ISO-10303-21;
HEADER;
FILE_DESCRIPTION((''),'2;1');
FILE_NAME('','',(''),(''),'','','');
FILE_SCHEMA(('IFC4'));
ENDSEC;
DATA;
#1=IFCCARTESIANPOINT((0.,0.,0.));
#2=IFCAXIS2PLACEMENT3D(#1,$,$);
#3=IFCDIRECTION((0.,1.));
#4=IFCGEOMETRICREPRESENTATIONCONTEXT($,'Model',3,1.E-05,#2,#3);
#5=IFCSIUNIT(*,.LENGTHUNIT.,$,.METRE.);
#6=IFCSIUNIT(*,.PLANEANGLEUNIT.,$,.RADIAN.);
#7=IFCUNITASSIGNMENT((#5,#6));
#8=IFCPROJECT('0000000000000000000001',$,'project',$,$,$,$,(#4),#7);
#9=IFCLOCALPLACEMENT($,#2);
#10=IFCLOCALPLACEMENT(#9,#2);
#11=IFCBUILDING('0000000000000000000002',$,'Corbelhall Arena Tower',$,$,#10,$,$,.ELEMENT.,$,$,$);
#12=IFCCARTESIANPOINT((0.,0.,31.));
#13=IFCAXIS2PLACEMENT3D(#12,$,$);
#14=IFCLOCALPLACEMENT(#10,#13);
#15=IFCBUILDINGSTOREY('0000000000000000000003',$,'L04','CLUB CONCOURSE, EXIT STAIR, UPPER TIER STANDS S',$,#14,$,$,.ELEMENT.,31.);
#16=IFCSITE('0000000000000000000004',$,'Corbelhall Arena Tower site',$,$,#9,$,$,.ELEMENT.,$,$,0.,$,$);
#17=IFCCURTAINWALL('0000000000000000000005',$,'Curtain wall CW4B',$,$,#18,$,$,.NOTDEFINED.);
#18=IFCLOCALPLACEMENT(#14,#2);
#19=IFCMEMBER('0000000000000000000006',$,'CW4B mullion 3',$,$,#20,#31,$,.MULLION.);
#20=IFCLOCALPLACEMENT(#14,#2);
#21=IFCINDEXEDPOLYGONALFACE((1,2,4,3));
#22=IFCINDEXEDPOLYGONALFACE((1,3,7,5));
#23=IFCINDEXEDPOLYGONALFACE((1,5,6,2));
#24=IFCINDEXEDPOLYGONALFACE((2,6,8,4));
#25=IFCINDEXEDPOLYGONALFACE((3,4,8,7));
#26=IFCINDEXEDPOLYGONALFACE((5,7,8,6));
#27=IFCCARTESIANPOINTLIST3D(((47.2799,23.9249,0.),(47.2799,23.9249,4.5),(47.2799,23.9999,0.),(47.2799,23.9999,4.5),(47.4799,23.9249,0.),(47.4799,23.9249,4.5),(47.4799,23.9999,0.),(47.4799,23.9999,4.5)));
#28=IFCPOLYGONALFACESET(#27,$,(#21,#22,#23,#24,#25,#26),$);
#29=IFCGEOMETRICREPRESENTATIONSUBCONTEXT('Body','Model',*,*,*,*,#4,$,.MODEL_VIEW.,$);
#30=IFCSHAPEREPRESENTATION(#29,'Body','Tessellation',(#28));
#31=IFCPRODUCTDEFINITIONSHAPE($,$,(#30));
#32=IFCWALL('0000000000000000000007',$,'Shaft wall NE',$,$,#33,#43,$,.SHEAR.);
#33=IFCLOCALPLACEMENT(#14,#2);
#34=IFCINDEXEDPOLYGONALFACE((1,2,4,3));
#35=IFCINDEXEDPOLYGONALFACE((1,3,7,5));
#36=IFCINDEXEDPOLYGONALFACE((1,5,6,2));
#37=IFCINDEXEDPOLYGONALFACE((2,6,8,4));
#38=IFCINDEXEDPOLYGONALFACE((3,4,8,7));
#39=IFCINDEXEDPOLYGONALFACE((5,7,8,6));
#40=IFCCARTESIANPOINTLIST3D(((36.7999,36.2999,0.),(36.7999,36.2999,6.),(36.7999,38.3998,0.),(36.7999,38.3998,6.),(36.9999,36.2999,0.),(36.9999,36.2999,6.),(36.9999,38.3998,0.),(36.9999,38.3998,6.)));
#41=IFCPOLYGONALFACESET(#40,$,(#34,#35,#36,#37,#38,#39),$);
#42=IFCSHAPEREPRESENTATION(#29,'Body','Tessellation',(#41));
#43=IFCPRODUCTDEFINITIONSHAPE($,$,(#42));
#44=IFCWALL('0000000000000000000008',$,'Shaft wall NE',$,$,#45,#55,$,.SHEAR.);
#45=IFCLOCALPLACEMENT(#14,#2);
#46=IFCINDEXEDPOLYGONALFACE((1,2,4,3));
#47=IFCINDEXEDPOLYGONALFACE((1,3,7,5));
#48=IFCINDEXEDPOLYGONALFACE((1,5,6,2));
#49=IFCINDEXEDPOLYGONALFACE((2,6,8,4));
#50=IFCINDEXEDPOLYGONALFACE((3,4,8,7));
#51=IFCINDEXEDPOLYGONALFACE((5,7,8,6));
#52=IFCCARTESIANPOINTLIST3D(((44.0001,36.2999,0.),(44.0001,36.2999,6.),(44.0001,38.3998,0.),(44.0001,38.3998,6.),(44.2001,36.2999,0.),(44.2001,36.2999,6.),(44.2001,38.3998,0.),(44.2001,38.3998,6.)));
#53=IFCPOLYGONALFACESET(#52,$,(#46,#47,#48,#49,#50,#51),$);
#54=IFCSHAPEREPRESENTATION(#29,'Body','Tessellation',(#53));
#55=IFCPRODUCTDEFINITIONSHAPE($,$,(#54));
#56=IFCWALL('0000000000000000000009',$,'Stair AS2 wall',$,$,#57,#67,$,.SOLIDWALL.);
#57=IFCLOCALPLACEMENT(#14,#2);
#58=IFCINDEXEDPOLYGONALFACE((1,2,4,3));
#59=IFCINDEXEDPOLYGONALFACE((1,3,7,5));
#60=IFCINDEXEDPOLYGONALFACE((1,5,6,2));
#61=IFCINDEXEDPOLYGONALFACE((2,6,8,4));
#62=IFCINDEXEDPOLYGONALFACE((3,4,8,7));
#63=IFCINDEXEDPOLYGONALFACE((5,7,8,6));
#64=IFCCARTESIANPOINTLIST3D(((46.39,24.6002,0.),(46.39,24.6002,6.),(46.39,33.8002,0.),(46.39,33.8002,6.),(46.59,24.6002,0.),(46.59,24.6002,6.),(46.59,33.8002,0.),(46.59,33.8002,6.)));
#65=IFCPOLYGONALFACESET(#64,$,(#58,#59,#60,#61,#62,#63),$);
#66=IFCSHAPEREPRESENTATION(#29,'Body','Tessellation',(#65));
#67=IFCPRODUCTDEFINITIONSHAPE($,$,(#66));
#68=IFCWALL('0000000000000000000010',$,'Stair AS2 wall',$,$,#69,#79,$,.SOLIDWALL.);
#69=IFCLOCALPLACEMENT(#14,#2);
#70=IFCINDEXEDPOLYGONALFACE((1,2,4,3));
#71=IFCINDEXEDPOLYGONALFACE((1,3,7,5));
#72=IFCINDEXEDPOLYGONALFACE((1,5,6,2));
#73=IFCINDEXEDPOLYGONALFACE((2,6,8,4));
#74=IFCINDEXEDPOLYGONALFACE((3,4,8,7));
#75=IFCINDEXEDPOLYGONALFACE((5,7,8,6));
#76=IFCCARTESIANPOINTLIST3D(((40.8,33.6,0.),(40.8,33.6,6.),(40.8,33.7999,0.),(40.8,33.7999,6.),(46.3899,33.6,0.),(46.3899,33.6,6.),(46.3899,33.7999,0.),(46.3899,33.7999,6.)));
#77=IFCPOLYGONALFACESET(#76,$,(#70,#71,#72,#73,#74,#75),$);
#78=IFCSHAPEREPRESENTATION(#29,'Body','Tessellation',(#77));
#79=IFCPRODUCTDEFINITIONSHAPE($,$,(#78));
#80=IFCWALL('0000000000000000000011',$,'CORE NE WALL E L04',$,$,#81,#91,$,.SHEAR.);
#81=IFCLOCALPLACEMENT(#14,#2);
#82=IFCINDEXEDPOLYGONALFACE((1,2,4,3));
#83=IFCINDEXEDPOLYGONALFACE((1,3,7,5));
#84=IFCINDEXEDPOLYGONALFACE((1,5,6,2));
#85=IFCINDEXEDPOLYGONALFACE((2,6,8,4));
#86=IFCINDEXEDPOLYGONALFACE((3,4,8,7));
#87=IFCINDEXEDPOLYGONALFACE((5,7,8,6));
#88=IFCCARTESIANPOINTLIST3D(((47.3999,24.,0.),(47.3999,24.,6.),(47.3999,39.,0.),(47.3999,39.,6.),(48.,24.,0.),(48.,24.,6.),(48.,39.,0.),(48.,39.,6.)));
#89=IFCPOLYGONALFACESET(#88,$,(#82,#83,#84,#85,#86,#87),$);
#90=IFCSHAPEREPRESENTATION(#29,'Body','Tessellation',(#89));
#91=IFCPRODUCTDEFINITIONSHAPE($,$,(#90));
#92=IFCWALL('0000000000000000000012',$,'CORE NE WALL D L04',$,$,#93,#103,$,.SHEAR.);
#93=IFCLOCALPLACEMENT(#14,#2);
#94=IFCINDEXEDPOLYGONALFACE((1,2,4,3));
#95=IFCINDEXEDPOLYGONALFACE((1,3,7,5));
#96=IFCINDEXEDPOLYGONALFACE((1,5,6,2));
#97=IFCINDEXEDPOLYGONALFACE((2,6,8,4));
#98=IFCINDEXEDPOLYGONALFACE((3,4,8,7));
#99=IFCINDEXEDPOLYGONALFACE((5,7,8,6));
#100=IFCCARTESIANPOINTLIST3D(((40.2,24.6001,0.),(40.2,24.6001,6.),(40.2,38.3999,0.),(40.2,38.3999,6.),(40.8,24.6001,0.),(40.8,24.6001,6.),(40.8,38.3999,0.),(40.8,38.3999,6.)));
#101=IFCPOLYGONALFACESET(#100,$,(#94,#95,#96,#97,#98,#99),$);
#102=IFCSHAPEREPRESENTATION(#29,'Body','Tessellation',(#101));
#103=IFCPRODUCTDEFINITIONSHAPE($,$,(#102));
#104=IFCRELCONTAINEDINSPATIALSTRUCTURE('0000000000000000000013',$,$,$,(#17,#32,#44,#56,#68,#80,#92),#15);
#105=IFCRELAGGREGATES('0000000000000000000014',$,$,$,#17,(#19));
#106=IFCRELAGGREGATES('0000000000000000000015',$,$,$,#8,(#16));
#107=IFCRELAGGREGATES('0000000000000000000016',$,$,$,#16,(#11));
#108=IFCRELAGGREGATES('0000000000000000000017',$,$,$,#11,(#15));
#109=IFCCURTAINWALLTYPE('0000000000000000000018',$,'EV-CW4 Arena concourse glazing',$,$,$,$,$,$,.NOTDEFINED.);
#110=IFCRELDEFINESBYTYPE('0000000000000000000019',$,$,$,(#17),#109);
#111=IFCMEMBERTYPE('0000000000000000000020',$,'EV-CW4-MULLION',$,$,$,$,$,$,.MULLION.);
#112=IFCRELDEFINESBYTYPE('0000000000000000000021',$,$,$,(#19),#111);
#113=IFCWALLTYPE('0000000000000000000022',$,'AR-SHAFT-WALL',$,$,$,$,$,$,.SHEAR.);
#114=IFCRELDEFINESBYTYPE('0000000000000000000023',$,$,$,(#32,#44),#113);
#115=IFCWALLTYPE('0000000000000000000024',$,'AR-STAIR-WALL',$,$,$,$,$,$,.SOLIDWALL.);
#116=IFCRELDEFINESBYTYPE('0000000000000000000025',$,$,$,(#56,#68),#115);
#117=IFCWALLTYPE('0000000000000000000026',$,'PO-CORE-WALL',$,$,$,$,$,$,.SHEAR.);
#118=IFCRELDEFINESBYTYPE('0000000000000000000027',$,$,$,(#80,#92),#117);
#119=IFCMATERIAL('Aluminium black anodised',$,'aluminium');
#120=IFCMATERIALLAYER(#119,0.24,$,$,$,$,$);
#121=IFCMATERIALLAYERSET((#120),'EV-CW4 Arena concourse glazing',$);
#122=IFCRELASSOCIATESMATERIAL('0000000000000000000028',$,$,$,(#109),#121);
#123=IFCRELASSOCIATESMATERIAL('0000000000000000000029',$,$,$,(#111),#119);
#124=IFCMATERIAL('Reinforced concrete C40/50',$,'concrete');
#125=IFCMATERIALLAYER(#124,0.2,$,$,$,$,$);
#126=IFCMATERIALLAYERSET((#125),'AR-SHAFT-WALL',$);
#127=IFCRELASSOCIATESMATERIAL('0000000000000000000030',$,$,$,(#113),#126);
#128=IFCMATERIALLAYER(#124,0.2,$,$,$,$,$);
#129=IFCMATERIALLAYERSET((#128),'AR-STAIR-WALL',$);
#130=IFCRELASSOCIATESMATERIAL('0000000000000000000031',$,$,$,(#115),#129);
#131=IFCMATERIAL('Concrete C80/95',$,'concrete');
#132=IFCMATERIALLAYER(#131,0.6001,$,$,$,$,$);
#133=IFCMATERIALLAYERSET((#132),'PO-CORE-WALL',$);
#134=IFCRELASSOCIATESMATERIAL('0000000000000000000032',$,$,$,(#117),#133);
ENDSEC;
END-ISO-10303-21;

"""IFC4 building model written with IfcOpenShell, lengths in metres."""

from ifc_helpers import new_model, si_unit, direction, frame, frame_2d, origin, origin_2d, place, context, subcontext, project, spatial, rectangle, extrude, material, layer, layer_set, material_profile, profile_set, type_object, element, aggregate, save


model = new_model("IFC4")

# Units and contexts
model_context = context("Model", 3, precision=1e-05, world=origin(), true_north=direction((0.0, 1.0)))
body_context = subcontext(model_context, "Body", "Model", "MODEL_VIEW")
ifc_project = project(units=[si_unit("LENGTHUNIT", "METRE"), si_unit("PLANEANGLEUNIT", "RADIAN")], contexts=[model_context])

# Site, building, storey
site_placement = place(None, origin())
site = spatial("IfcSite", under=ifc_project, at=site_placement, Name="Corbelhall Arena Tower site", CompositionType="ELEMENT", RefElevation=0.0)
building_placement = place(site_placement, origin())
building = spatial("IfcBuilding", under=site, at=building_placement, Name="Corbelhall Arena Tower", CompositionType="ELEMENT")
storey_placement = place(building_placement, frame((0.0, 0.0, 31.0)))
storey = spatial("IfcBuildingStorey", under=building, at=storey_placement, Name="L04", Description="CLUB CONCOURSE, EXIT STAIR, UPPER TIER STANDS S", CompositionType="ELEMENT", Elevation=31.0)

# Curtain wall, member
ifc_material_1 = material(Name="Aluminium black anodised", Category="aluminium")
ifc_layer_1 = layer(ifc_material_1, 0.24)
ifc_layer_set_1 = layer_set([ifc_layer_1], Name="EV-CW4 Arena concourse glazing")
curtain_wall_type = type_object("IfcCurtainWallType", Name="EV-CW4 Arena concourse glazing", PredefinedType="NOTDEFINED", material=ifc_layer_set_1)
curtain_wall_placement = place(storey_placement, origin())
curtain_wall = element("IfcCurtainWall", 1, at=curtain_wall_placement, inside=storey, type_object=curtain_wall_type, Name="Curtain wall CW4B", PredefinedType="NOTDEFINED")
ifc_material_profile = material_profile(ifc_material_1, rectangle(XDim=0.2, YDim=0.075, at=origin_2d()))
ifc_profile_set = profile_set([ifc_material_profile], Name="Aluminium black anodised")
member_type = type_object("IfcMemberType", Name="EV-CW4-MULLION", PredefinedType="MULLION", material=ifc_profile_set)
member_placement = place(storey_placement, frame((47.3799, 23.9624, 0.0), z_axis=(0.0, 0.0, 1.0), x_axis=(-1.0, 0.0, 0.0)))
member = element("IfcMember", 2, at=member_placement, type_object=member_type, Name="CW4B mullion 3", PredefinedType="MULLION", context=body_context, shape_type="SweptSolid", body=[
    extrude(rectangle(XDim=0.2, YDim=0.075, at=origin_2d()), origin(), (0.0, 0.0, 1.0), 4.5),
])
aggregate(curtain_wall, [member])

# Shared definitions
ifc_material_2 = material(Name="Reinforced concrete C40/50", Category="concrete")
ifc_layer_2 = layer(ifc_material_2, 0.2)
ifc_layer_set_2 = layer_set([ifc_layer_2], Name="AR-SHAFT-WALL")
wall_type_1 = type_object("IfcWallType", Name="AR-SHAFT-WALL", PredefinedType="SHEAR", material=ifc_layer_set_2)

# Walls
for number, where, z_axis, x_axis, name in (
    (3, (36.8999, 36.3, 0.0), (0.0, 0.0, 1.0), (0.0, 1.0, 0.0), "Shaft wall NE"),
    (4, (44.1001, 36.3, 0.0), (0.0, 0.0, 1.0), (0.0, 1.0, 0.0), "Shaft wall NE"),
):
    element("IfcWall", number, at=place(storey_placement, frame(where, z_axis=z_axis, x_axis=x_axis)), inside=storey, type_object=wall_type_1, Name=name, PredefinedType="SHEAR", context=body_context, shape_type="SweptSolid", body=[
        extrude(rectangle(XDim=2.0999, YDim=0.2, at=frame_2d((1.0498, 0.0))), origin(), (0.0, 0.0, 1.0), 6.0),
    ])
ifc_layer_3 = layer(ifc_material_2, 0.2)
ifc_layer_set_3 = layer_set([ifc_layer_3], Name="AR-STAIR-WALL")
wall_type_2 = type_object("IfcWallType", Name="AR-STAIR-WALL", PredefinedType="SOLIDWALL", material=ifc_layer_set_3)
wall_1_placement = place(storey_placement, frame((46.49, 24.6001, 0.0), z_axis=(0.0, 0.0, 1.0), x_axis=(0.0, 1.0, 0.0)))
element("IfcWall", 5, at=wall_1_placement, inside=storey, type_object=wall_type_2, Name="Stair AS2 wall", PredefinedType="SOLIDWALL", context=body_context, shape_type="SweptSolid", body=[
    extrude(rectangle(XDim=9.2, YDim=0.2, at=frame_2d((4.6001, 0.0))), origin(), (0.0, 0.0, 1.0), 6.0),
])
wall_2_placement = place(storey_placement, frame((40.8, 33.7, 0.0), z_axis=(0.0, 0.0, 1.0), x_axis=(1.0, 0.0, 0.0)))
element("IfcWall", 6, at=wall_2_placement, inside=storey, type_object=wall_type_2, Name="Stair AS2 wall", PredefinedType="SOLIDWALL", context=body_context, shape_type="SweptSolid", body=[
    extrude(rectangle(XDim=5.5898, YDim=0.2, at=frame_2d((2.7949, 0.0))), origin(), (0.0, 0.0, 1.0), 6.0),
])
ifc_material_3 = material(Name="Concrete C80/95", Category="concrete")
ifc_layer_4 = layer(ifc_material_3, 0.6001)
ifc_layer_set_4 = layer_set([ifc_layer_4], Name="PO-CORE-WALL")
wall_type_3 = type_object("IfcWallType", Name="PO-CORE-WALL", PredefinedType="SHEAR", material=ifc_layer_set_4)
wall_3_placement = place(storey_placement, frame((47.7, 24.0, 0.0), z_axis=(0.0, 0.0, 1.0), x_axis=(0.0, 1.0, 0.0)))
element("IfcWall", 7, at=wall_3_placement, inside=storey, type_object=wall_type_3, Name="CORE NE WALL E L04", PredefinedType="SHEAR", context=body_context, shape_type="SweptSolid", body=[
    extrude(rectangle(XDim=15.0, YDim=0.6001, at=frame_2d((7.5, 0.0))), origin(), (0.0, 0.0, 1.0), 6.0),
])
wall_4_placement = place(storey_placement, frame((40.5, 24.6001, 0.0), z_axis=(0.0, 0.0, 1.0), x_axis=(0.0, 1.0, 0.0)))
element("IfcWall", 8, at=wall_4_placement, inside=storey, type_object=wall_type_3, Name="CORE NE WALL D L04", PredefinedType="SHEAR", context=body_context, shape_type="SweptSolid", body=[
    extrude(rectangle(XDim=13.7998, YDim=0.6001, at=frame_2d((6.8999, 0.0))), origin(), (0.0, 0.0, 1.0), 6.0),
])

save(model, "model.ifc")
